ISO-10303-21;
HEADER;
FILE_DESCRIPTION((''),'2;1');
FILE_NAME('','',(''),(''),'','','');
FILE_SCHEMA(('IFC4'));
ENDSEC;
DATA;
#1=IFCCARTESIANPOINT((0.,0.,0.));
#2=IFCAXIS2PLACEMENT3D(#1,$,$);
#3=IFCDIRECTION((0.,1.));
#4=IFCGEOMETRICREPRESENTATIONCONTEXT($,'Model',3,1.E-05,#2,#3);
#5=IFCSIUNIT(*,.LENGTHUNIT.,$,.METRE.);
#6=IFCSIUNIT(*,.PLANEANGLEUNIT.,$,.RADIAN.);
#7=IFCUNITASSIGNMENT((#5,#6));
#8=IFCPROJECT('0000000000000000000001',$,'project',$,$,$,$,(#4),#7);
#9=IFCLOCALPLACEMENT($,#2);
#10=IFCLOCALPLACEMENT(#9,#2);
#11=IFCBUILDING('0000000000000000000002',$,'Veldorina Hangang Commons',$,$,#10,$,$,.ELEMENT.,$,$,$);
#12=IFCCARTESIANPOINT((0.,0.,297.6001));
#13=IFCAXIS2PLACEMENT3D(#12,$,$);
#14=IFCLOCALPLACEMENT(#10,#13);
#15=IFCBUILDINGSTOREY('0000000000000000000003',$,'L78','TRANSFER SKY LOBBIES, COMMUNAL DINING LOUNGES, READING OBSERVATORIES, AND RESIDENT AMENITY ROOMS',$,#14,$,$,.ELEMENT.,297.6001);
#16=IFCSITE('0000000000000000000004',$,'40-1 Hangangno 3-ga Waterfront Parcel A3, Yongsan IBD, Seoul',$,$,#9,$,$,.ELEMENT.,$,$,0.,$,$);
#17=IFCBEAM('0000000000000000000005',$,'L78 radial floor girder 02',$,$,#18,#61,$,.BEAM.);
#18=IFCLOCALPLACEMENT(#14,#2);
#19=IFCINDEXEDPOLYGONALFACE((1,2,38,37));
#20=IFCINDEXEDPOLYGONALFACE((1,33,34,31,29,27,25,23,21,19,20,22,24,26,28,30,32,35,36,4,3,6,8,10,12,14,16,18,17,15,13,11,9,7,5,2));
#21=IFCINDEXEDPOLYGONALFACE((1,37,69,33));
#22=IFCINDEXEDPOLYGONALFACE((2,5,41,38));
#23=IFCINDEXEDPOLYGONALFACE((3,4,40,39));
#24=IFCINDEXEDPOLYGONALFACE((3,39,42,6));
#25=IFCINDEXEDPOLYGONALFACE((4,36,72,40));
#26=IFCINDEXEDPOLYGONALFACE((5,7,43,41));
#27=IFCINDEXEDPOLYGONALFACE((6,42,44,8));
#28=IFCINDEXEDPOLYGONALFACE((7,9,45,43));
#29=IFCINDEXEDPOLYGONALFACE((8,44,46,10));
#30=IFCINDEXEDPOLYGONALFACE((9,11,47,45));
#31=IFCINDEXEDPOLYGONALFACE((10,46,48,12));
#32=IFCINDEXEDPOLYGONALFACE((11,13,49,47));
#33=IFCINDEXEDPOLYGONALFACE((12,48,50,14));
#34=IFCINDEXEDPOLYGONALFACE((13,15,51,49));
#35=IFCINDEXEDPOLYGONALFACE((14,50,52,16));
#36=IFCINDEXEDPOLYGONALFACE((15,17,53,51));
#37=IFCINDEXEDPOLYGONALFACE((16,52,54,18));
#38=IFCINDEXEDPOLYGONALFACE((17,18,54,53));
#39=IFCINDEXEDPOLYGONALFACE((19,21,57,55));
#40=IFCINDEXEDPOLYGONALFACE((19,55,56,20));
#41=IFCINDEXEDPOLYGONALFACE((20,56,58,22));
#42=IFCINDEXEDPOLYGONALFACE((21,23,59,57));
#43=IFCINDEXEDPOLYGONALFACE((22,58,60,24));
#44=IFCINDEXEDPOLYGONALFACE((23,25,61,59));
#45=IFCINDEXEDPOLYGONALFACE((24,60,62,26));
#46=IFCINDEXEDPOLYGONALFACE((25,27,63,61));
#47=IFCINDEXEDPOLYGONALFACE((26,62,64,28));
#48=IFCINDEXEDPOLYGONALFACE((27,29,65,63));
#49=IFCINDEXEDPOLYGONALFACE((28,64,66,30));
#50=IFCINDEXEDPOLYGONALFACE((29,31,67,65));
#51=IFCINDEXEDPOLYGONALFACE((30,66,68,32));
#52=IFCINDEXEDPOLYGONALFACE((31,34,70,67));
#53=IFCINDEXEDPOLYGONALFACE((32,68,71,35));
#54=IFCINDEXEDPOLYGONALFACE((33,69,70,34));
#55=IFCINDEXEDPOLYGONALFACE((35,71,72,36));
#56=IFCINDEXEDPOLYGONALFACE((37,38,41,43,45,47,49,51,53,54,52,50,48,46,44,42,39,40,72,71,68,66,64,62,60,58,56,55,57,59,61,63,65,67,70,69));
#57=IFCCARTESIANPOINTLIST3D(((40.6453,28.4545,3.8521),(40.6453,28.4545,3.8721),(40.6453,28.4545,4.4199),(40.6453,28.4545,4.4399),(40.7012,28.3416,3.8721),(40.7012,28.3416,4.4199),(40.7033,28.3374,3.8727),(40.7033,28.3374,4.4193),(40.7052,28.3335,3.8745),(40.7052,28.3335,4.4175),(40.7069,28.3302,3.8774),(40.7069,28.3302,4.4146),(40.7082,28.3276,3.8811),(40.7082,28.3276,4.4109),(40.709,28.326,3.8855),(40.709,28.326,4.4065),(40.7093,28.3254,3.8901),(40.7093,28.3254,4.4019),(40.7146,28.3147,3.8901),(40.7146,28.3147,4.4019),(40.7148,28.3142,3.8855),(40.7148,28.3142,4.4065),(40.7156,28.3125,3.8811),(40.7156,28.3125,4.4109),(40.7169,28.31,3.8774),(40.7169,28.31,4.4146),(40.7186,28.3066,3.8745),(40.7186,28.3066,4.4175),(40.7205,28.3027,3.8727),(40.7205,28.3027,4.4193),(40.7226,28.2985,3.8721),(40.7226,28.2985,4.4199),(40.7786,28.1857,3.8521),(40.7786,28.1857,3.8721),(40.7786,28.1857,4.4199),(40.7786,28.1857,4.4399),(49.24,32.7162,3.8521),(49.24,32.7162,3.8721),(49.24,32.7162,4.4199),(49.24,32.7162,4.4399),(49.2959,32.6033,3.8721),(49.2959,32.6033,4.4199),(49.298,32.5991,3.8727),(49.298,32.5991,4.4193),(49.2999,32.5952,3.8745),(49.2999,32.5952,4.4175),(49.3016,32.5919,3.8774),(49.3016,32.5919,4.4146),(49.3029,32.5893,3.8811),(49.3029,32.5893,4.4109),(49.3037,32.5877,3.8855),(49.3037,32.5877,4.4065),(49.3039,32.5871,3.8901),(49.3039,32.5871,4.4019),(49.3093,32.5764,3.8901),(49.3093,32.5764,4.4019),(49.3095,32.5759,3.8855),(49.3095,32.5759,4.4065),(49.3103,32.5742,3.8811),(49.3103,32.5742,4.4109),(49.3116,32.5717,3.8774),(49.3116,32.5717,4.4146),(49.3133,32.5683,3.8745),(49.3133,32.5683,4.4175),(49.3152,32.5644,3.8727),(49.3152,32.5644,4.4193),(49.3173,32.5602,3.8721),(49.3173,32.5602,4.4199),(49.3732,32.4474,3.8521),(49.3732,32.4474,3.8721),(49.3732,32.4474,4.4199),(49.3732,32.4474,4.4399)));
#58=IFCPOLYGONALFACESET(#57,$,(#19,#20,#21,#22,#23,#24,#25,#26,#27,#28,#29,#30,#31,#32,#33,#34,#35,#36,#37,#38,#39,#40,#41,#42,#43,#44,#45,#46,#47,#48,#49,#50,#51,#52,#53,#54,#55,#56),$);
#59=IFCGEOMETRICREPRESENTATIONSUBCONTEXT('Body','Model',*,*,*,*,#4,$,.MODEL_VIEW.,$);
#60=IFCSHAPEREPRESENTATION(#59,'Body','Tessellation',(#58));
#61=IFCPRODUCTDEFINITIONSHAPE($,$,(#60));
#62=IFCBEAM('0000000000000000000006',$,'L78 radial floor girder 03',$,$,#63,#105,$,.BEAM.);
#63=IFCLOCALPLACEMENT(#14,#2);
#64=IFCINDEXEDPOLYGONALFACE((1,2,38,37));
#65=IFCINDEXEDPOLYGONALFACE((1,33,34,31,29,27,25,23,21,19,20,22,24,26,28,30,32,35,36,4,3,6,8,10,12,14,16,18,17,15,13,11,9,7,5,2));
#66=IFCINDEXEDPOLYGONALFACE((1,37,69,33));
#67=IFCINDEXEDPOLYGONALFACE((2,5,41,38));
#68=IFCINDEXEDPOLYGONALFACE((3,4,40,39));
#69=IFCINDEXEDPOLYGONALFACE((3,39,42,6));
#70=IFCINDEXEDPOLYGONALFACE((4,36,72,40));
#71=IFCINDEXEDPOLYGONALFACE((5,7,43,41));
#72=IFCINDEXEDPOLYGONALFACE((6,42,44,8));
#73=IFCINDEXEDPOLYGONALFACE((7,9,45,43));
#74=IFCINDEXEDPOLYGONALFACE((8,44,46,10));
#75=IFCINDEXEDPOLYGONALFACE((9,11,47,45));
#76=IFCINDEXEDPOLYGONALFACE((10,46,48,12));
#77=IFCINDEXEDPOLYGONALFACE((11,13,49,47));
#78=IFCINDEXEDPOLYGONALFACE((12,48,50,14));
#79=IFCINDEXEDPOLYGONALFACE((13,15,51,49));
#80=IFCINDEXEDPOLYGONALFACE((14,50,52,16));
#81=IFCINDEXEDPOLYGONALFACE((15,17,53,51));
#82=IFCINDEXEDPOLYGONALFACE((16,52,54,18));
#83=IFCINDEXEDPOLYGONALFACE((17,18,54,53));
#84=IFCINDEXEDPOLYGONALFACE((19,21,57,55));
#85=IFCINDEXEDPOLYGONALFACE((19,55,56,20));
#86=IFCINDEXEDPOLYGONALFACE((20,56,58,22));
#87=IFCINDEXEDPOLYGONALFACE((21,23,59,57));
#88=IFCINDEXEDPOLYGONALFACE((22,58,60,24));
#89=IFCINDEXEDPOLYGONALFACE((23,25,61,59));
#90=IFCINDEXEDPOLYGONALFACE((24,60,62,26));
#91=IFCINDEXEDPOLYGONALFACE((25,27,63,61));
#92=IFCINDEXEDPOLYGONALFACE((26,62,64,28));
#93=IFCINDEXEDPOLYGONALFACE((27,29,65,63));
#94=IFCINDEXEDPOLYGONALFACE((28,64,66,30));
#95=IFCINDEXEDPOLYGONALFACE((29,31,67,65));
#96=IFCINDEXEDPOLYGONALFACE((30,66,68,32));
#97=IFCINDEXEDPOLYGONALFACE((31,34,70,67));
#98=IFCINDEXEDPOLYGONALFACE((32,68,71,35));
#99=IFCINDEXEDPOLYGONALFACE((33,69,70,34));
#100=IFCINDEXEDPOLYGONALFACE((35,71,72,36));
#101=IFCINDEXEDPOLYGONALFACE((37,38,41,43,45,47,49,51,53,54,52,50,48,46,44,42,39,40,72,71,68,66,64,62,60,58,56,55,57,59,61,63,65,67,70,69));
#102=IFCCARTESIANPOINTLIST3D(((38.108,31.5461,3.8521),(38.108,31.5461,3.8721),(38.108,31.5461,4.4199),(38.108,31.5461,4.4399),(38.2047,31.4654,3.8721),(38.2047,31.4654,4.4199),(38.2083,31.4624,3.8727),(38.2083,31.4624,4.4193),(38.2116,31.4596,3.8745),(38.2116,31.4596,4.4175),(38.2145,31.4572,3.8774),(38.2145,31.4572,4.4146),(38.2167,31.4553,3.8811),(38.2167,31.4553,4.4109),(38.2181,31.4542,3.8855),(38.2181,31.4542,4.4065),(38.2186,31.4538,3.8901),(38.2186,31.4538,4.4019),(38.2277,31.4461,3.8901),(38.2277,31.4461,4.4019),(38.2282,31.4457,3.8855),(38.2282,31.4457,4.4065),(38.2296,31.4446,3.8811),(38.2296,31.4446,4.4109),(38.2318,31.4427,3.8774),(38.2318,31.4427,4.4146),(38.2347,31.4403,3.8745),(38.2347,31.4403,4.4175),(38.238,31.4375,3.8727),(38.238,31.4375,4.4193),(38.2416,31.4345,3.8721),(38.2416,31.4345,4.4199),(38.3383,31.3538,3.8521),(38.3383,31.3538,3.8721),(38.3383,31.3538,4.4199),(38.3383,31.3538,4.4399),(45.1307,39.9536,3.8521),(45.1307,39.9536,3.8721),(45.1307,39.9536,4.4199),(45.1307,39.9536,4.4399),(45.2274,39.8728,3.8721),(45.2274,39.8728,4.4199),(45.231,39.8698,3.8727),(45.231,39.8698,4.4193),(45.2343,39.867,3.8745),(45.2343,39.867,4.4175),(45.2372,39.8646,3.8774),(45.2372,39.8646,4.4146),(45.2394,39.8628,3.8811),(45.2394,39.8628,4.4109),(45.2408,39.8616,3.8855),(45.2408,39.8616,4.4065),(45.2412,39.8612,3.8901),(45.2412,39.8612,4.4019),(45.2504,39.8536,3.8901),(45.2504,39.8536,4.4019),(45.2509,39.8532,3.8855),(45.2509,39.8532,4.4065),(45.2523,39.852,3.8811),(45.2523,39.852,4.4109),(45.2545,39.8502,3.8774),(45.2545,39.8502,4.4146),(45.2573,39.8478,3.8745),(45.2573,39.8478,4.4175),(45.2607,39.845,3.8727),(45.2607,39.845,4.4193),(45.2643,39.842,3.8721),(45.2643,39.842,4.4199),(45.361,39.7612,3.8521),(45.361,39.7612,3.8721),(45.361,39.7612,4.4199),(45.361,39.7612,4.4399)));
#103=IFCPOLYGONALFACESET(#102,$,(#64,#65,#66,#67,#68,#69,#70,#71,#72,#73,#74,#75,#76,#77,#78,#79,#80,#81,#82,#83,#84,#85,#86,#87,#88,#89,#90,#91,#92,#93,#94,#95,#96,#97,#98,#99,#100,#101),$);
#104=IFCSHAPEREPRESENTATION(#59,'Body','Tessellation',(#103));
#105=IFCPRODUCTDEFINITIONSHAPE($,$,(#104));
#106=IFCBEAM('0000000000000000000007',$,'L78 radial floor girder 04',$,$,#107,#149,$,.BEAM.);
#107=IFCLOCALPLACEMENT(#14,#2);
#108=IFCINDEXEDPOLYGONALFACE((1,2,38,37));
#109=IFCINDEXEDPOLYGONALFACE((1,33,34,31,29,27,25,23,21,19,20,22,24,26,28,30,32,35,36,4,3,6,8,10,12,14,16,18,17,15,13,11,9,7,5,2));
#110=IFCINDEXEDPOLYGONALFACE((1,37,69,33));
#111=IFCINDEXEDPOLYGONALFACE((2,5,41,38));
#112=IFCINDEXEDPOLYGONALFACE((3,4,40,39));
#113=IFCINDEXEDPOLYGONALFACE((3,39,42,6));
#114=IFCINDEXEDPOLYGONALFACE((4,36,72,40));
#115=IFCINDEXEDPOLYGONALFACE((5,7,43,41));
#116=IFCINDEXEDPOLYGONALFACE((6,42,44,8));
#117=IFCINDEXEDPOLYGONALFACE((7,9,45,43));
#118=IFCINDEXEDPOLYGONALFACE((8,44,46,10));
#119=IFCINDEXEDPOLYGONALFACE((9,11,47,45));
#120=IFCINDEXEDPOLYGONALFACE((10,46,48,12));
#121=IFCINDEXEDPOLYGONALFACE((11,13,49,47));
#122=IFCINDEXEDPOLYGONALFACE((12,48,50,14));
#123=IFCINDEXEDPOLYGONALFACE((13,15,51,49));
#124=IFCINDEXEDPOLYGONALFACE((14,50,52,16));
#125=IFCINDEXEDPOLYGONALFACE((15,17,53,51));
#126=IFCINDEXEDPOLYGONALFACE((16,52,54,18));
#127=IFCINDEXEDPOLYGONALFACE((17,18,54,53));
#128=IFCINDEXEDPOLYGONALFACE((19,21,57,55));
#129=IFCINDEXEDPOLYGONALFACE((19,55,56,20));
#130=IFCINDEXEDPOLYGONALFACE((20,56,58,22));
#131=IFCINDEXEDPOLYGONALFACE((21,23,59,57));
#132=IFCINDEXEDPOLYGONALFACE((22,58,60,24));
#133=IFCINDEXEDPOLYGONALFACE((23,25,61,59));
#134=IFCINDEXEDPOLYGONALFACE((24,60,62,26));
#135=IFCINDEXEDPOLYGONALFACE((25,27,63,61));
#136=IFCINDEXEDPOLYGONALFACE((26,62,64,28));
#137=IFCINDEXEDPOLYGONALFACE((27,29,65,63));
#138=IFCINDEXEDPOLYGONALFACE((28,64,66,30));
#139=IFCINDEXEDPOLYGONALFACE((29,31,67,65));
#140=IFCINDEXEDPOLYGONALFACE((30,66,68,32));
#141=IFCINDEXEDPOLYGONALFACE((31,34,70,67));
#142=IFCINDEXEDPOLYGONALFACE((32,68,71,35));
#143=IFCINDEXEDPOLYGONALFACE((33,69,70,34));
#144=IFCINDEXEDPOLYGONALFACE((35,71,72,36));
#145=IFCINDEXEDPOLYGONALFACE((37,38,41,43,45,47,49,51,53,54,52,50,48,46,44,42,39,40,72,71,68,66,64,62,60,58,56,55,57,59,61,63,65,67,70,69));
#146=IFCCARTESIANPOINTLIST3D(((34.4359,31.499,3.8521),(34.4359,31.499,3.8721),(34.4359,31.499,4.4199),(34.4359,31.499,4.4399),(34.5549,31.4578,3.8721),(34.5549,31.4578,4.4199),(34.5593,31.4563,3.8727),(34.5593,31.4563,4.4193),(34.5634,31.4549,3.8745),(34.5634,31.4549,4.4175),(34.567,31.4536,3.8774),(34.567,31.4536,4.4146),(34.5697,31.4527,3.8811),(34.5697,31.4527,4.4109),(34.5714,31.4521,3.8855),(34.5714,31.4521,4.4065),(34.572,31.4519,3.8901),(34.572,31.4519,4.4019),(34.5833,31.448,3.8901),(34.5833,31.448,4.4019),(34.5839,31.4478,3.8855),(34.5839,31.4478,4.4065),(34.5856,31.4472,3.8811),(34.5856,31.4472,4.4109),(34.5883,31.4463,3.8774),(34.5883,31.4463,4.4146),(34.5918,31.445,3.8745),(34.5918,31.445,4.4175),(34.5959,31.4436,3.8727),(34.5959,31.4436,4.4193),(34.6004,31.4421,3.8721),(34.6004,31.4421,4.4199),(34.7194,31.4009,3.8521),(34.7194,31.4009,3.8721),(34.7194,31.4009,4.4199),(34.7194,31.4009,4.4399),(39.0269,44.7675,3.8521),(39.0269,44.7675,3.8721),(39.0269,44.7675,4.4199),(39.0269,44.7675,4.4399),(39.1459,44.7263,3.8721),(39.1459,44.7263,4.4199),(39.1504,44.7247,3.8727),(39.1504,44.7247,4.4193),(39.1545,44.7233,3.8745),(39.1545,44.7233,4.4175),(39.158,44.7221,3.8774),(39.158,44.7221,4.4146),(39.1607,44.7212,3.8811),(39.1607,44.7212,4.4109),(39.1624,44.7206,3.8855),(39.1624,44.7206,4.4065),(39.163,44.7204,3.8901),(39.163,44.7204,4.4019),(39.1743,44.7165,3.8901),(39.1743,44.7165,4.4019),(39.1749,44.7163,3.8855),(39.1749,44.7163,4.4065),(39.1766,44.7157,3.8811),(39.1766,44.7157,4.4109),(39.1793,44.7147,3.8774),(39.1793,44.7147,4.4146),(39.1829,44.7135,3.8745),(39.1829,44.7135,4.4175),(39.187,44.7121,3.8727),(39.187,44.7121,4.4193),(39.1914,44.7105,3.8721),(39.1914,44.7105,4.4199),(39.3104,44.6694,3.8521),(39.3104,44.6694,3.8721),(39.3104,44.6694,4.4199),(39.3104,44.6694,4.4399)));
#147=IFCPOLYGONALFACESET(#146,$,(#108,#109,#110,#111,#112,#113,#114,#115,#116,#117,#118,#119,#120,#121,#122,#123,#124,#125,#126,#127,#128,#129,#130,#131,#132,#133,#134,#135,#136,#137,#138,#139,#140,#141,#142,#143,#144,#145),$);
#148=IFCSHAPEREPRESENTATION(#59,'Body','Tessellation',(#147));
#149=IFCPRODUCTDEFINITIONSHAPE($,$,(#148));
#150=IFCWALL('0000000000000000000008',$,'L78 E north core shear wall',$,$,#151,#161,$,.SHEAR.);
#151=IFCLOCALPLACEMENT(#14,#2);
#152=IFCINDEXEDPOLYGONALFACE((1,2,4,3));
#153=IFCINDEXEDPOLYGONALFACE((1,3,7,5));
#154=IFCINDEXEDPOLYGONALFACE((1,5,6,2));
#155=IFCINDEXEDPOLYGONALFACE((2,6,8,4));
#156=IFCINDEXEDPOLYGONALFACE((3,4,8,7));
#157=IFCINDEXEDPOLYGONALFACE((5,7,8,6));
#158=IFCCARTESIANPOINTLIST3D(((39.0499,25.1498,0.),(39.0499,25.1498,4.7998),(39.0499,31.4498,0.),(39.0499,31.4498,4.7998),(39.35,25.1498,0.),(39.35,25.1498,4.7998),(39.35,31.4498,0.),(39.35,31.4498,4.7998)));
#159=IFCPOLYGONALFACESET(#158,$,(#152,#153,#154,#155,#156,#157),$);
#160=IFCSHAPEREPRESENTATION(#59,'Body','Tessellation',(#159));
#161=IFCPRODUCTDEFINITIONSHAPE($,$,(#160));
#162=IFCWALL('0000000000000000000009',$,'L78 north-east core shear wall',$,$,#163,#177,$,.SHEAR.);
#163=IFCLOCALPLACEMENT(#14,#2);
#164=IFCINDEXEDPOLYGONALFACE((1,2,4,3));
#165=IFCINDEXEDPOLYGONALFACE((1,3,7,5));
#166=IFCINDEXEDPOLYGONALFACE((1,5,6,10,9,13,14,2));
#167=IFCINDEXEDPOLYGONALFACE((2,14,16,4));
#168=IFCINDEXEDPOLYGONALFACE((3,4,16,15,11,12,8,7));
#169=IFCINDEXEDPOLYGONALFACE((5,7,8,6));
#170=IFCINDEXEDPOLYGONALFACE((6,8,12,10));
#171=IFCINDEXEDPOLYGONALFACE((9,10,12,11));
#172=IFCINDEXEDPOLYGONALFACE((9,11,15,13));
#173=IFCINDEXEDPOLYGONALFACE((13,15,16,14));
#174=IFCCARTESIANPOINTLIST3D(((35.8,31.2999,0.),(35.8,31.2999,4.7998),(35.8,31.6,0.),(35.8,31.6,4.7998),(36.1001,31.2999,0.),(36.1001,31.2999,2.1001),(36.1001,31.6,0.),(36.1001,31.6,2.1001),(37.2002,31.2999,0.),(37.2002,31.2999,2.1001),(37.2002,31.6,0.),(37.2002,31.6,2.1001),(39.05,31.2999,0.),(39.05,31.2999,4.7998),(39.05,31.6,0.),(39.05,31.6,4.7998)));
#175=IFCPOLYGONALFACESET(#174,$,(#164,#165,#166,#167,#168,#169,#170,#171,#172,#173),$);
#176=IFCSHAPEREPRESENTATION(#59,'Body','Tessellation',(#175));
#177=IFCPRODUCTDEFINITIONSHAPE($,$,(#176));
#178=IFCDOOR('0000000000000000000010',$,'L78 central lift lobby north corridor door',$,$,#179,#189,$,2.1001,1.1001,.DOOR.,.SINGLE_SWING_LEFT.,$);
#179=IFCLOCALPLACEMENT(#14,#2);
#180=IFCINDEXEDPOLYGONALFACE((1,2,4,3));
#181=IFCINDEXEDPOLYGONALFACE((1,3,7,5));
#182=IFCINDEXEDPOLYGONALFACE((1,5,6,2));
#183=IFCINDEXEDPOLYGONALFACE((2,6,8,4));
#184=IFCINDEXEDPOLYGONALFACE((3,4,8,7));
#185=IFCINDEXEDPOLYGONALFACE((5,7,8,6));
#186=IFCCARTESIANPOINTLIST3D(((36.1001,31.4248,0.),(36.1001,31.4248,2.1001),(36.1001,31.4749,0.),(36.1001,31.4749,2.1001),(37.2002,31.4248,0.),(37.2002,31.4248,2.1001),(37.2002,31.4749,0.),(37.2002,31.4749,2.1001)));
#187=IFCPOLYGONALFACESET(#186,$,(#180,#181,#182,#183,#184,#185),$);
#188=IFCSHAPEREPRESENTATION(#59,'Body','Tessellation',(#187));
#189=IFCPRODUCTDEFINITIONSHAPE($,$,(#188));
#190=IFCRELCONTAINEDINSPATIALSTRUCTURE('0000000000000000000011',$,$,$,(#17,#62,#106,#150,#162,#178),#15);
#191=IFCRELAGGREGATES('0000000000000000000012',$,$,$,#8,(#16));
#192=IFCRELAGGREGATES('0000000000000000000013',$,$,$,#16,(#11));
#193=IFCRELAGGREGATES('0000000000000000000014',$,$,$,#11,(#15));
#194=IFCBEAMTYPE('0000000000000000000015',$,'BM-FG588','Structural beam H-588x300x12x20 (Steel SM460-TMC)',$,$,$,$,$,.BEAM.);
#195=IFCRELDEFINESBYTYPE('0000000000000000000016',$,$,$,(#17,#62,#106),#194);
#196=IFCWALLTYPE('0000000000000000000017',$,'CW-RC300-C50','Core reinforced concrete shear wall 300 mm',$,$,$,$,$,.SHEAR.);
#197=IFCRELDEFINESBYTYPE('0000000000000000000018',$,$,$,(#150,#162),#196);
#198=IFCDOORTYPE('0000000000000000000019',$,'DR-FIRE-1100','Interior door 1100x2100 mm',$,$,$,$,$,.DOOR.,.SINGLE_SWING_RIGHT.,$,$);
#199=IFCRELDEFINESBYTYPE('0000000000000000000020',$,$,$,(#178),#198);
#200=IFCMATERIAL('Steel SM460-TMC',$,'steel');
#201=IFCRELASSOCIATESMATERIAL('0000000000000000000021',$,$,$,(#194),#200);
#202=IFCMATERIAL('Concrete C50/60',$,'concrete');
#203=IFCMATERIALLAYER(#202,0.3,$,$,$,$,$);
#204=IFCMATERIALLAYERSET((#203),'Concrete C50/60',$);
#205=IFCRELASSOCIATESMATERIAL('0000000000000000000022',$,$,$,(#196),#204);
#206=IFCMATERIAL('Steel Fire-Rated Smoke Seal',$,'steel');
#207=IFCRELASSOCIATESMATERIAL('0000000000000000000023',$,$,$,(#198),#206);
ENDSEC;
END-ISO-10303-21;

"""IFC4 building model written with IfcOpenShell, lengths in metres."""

from ifc_helpers import new_model, si_unit, direction, frame, frame_2d, origin, origin_2d, place, context, subcontext, project, spatial, rectangle, i_section, extrude, material, layer, layer_set, material_profile, profile_set, type_object, element, fill, save


model = new_model("IFC4")

# Units and contexts
model_context = context("Model", 3, precision=1e-05, world=origin(), true_north=direction((0.0, 1.0)))
body_context = subcontext(model_context, "Body", "Model", "MODEL_VIEW")
ifc_project = project(units=[si_unit("LENGTHUNIT", "METRE"), si_unit("PLANEANGLEUNIT", "RADIAN")], contexts=[model_context])

# Site, building, storey
site_placement = place(None, origin())
site = spatial("IfcSite", under=ifc_project, at=site_placement, Name="40-1 Hangangno 3-ga Waterfront Parcel A3, Yongsan IBD, Seoul", CompositionType="ELEMENT", RefElevation=0.0)
building_placement = place(site_placement, origin())
building = spatial("IfcBuilding", under=site, at=building_placement, Name="Veldorina Hangang Commons", CompositionType="ELEMENT")
storey_placement = place(building_placement, frame((0.0, 0.0, 297.6001)))
storey = spatial("IfcBuildingStorey", under=building, at=storey_placement, Name="L78", Description="TRANSFER SKY LOBBIES, COMMUNAL DINING LOUNGES, READING OBSERVATORIES, AND RESIDENT AMENITY ROOMS", CompositionType="ELEMENT", Elevation=297.6001)

# Beams
ifc_material_1 = material(Name="Steel SM460-TMC", Category="steel")
ifc_material_profile = material_profile(ifc_material_1, i_section(OverallWidth=0.3, OverallDepth=0.5879, WebThickness=0.012, FlangeThickness=0.02, FilletRadius=0.0181, at=origin_2d()), Name="H-588x300x12x20")
ifc_profile_set = profile_set([ifc_material_profile], Name="Steel SM460-TMC")
beam_type = type_object("IfcBeamType", Name="BM-FG588", Description="Structural beam H-588x300x12x20 (Steel SM460-TMC)", PredefinedType="BEAM", material=ifc_profile_set)
beam_1_placement = place(storey_placement, frame((40.7119, 28.3201, 4.146), z_axis=(0.895908, 0.444239, 0.0), x_axis=(-0.444239, 0.895908, 0.0)))
element("IfcBeam", 1, at=beam_1_placement, inside=storey, type_object=beam_type, Name="L78 radial floor girder 02", PredefinedType="BEAM", context=body_context, shape_type="SweptSolid", body=[
    extrude(i_section(OverallWidth=0.3, OverallDepth=0.5879, WebThickness=0.012, FlangeThickness=0.02, FilletRadius=0.0181, at=origin_2d()), origin(), (0.0, 0.0, 1.0), 9.5933),
])
beam_2_placement = place(storey_placement, frame((38.2231, 31.45, 4.146), z_axis=(0.641072, 0.767481, 0.0), x_axis=(-0.767481, 0.641072, 0.0)))
element("IfcBeam", 2, at=beam_2_placement, inside=storey, type_object=beam_type, Name="L78 radial floor girder 03", PredefinedType="BEAM", context=body_context, shape_type="SweptSolid", body=[
    extrude(i_section(OverallWidth=0.3, OverallDepth=0.5879, WebThickness=0.012, FlangeThickness=0.02, FilletRadius=0.0181, at=origin_2d()), origin(), (0.0, 0.0, 1.0), 10.9546),
])
beam_3_placement = place(storey_placement, frame((34.5776, 31.45, 4.146), z_axis=(0.32699, 0.945028, 0.0), x_axis=(-0.945028, 0.32699, 0.0)))
element("IfcBeam", 3, at=beam_3_placement, inside=storey, type_object=beam_type, Name="L78 radial floor girder 04", PredefinedType="BEAM", context=body_context, shape_type="SweptSolid", body=[
    extrude(i_section(OverallWidth=0.3, OverallDepth=0.5879, WebThickness=0.012, FlangeThickness=0.02, FilletRadius=0.0181, at=origin_2d()), origin(), (0.0, 0.0, 1.0), 14.0403),
])

# Wall
ifc_material_2 = material(Name="Concrete C50/60", Category="concrete")
ifc_layer_1 = layer(ifc_material_2, 0.3)
ifc_layer_set_1 = layer_set([ifc_layer_1], Name="Concrete C50/60")
wall_type_1 = type_object("IfcWallType", Name="CW-RC300-C50", Description="Core reinforced concrete shear wall 300 mm", PredefinedType="SHEAR", material=ifc_layer_set_1)
wall_1_placement = place(storey_placement, frame((39.2, 25.1499, 0.0), z_axis=(0.0, 0.0, 1.0), x_axis=(0.0, 1.0, 0.0)))
element("IfcWall", 4, at=wall_1_placement, inside=storey, type_object=wall_type_1, Name="L78 E north core shear wall", PredefinedType="SHEAR", context=body_context, shape_type="SweptSolid", body=[
    extrude(rectangle(XDim=6.3, YDim=0.3, at=frame_2d((3.1499, 0.0))), origin(), (0.0, 0.0, 1.0), 4.7998),
])

# Wall, opening, door
wall_2_placement = place(storey_placement, frame((35.8, 31.45, 0.0), z_axis=(0.0, 0.0, 1.0), x_axis=(1.0, 0.0, 0.0)))
wall_2 = element("IfcWall", 5, at=wall_2_placement, inside=storey, type_object=wall_type_1, Name="L78 north-east core shear wall", PredefinedType="SHEAR", context=body_context, shape_type="SweptSolid", body=[
    extrude(rectangle(XDim=3.25, YDim=0.3, at=frame_2d((1.625, 0.0))), origin(), (0.0, 0.0, 1.0), 4.7998),
])
opening_1_placement = place(wall_2_placement, frame((0.3, 0.0, 0.0)))
opening_1 = element("IfcOpeningElement", 6, at=opening_1_placement, cuts=wall_2, PredefinedType="OPENING", context=body_context, shape_type="SweptSolid", body=[
    extrude(rectangle(XDim=1.1001, YDim=2.1001, at=frame_2d((0.55, 1.05))), frame((0.0, 0.1602, 0.0), z_axis=(0.0, -1.0, 0.0), x_axis=(1.0, 0.0, 0.0)), (0.0, 0.0, 1.0), 0.3201),
])
ifc_material_3 = material(Name="Steel Fire-Rated Smoke Seal", Category="steel")
door_type_1 = type_object("IfcDoorType", Name="DR-FIRE-1100", Description="Interior door 1100x2100 mm", OperationType="SINGLE_SWING_RIGHT", PredefinedType="DOOR", material=ifc_material_3)
door_1_placement = place(opening_1_placement, origin())
door_1 = element("IfcDoor", 7, at=door_1_placement, inside=storey, type_object=door_type_1, Name="L78 central lift lobby north corridor door", OperationType="SINGLE_SWING_LEFT", OverallHeight=2.1001, OverallWidth=1.1001, PredefinedType="DOOR", context=body_context, shape_type="SweptSolid", body=[
    extrude(rectangle(XDim=1.1001, YDim=2.1001, at=frame_2d((0.55, 1.05))), frame((0.0, 0.0249, 0.0), z_axis=(0.0, -1.0, 0.0), x_axis=(1.0, 0.0, 0.0)), (0.0, 0.0, 1.0), 0.05),
])
fill(opening_1, door_1)

save(model, "model.ifc")
